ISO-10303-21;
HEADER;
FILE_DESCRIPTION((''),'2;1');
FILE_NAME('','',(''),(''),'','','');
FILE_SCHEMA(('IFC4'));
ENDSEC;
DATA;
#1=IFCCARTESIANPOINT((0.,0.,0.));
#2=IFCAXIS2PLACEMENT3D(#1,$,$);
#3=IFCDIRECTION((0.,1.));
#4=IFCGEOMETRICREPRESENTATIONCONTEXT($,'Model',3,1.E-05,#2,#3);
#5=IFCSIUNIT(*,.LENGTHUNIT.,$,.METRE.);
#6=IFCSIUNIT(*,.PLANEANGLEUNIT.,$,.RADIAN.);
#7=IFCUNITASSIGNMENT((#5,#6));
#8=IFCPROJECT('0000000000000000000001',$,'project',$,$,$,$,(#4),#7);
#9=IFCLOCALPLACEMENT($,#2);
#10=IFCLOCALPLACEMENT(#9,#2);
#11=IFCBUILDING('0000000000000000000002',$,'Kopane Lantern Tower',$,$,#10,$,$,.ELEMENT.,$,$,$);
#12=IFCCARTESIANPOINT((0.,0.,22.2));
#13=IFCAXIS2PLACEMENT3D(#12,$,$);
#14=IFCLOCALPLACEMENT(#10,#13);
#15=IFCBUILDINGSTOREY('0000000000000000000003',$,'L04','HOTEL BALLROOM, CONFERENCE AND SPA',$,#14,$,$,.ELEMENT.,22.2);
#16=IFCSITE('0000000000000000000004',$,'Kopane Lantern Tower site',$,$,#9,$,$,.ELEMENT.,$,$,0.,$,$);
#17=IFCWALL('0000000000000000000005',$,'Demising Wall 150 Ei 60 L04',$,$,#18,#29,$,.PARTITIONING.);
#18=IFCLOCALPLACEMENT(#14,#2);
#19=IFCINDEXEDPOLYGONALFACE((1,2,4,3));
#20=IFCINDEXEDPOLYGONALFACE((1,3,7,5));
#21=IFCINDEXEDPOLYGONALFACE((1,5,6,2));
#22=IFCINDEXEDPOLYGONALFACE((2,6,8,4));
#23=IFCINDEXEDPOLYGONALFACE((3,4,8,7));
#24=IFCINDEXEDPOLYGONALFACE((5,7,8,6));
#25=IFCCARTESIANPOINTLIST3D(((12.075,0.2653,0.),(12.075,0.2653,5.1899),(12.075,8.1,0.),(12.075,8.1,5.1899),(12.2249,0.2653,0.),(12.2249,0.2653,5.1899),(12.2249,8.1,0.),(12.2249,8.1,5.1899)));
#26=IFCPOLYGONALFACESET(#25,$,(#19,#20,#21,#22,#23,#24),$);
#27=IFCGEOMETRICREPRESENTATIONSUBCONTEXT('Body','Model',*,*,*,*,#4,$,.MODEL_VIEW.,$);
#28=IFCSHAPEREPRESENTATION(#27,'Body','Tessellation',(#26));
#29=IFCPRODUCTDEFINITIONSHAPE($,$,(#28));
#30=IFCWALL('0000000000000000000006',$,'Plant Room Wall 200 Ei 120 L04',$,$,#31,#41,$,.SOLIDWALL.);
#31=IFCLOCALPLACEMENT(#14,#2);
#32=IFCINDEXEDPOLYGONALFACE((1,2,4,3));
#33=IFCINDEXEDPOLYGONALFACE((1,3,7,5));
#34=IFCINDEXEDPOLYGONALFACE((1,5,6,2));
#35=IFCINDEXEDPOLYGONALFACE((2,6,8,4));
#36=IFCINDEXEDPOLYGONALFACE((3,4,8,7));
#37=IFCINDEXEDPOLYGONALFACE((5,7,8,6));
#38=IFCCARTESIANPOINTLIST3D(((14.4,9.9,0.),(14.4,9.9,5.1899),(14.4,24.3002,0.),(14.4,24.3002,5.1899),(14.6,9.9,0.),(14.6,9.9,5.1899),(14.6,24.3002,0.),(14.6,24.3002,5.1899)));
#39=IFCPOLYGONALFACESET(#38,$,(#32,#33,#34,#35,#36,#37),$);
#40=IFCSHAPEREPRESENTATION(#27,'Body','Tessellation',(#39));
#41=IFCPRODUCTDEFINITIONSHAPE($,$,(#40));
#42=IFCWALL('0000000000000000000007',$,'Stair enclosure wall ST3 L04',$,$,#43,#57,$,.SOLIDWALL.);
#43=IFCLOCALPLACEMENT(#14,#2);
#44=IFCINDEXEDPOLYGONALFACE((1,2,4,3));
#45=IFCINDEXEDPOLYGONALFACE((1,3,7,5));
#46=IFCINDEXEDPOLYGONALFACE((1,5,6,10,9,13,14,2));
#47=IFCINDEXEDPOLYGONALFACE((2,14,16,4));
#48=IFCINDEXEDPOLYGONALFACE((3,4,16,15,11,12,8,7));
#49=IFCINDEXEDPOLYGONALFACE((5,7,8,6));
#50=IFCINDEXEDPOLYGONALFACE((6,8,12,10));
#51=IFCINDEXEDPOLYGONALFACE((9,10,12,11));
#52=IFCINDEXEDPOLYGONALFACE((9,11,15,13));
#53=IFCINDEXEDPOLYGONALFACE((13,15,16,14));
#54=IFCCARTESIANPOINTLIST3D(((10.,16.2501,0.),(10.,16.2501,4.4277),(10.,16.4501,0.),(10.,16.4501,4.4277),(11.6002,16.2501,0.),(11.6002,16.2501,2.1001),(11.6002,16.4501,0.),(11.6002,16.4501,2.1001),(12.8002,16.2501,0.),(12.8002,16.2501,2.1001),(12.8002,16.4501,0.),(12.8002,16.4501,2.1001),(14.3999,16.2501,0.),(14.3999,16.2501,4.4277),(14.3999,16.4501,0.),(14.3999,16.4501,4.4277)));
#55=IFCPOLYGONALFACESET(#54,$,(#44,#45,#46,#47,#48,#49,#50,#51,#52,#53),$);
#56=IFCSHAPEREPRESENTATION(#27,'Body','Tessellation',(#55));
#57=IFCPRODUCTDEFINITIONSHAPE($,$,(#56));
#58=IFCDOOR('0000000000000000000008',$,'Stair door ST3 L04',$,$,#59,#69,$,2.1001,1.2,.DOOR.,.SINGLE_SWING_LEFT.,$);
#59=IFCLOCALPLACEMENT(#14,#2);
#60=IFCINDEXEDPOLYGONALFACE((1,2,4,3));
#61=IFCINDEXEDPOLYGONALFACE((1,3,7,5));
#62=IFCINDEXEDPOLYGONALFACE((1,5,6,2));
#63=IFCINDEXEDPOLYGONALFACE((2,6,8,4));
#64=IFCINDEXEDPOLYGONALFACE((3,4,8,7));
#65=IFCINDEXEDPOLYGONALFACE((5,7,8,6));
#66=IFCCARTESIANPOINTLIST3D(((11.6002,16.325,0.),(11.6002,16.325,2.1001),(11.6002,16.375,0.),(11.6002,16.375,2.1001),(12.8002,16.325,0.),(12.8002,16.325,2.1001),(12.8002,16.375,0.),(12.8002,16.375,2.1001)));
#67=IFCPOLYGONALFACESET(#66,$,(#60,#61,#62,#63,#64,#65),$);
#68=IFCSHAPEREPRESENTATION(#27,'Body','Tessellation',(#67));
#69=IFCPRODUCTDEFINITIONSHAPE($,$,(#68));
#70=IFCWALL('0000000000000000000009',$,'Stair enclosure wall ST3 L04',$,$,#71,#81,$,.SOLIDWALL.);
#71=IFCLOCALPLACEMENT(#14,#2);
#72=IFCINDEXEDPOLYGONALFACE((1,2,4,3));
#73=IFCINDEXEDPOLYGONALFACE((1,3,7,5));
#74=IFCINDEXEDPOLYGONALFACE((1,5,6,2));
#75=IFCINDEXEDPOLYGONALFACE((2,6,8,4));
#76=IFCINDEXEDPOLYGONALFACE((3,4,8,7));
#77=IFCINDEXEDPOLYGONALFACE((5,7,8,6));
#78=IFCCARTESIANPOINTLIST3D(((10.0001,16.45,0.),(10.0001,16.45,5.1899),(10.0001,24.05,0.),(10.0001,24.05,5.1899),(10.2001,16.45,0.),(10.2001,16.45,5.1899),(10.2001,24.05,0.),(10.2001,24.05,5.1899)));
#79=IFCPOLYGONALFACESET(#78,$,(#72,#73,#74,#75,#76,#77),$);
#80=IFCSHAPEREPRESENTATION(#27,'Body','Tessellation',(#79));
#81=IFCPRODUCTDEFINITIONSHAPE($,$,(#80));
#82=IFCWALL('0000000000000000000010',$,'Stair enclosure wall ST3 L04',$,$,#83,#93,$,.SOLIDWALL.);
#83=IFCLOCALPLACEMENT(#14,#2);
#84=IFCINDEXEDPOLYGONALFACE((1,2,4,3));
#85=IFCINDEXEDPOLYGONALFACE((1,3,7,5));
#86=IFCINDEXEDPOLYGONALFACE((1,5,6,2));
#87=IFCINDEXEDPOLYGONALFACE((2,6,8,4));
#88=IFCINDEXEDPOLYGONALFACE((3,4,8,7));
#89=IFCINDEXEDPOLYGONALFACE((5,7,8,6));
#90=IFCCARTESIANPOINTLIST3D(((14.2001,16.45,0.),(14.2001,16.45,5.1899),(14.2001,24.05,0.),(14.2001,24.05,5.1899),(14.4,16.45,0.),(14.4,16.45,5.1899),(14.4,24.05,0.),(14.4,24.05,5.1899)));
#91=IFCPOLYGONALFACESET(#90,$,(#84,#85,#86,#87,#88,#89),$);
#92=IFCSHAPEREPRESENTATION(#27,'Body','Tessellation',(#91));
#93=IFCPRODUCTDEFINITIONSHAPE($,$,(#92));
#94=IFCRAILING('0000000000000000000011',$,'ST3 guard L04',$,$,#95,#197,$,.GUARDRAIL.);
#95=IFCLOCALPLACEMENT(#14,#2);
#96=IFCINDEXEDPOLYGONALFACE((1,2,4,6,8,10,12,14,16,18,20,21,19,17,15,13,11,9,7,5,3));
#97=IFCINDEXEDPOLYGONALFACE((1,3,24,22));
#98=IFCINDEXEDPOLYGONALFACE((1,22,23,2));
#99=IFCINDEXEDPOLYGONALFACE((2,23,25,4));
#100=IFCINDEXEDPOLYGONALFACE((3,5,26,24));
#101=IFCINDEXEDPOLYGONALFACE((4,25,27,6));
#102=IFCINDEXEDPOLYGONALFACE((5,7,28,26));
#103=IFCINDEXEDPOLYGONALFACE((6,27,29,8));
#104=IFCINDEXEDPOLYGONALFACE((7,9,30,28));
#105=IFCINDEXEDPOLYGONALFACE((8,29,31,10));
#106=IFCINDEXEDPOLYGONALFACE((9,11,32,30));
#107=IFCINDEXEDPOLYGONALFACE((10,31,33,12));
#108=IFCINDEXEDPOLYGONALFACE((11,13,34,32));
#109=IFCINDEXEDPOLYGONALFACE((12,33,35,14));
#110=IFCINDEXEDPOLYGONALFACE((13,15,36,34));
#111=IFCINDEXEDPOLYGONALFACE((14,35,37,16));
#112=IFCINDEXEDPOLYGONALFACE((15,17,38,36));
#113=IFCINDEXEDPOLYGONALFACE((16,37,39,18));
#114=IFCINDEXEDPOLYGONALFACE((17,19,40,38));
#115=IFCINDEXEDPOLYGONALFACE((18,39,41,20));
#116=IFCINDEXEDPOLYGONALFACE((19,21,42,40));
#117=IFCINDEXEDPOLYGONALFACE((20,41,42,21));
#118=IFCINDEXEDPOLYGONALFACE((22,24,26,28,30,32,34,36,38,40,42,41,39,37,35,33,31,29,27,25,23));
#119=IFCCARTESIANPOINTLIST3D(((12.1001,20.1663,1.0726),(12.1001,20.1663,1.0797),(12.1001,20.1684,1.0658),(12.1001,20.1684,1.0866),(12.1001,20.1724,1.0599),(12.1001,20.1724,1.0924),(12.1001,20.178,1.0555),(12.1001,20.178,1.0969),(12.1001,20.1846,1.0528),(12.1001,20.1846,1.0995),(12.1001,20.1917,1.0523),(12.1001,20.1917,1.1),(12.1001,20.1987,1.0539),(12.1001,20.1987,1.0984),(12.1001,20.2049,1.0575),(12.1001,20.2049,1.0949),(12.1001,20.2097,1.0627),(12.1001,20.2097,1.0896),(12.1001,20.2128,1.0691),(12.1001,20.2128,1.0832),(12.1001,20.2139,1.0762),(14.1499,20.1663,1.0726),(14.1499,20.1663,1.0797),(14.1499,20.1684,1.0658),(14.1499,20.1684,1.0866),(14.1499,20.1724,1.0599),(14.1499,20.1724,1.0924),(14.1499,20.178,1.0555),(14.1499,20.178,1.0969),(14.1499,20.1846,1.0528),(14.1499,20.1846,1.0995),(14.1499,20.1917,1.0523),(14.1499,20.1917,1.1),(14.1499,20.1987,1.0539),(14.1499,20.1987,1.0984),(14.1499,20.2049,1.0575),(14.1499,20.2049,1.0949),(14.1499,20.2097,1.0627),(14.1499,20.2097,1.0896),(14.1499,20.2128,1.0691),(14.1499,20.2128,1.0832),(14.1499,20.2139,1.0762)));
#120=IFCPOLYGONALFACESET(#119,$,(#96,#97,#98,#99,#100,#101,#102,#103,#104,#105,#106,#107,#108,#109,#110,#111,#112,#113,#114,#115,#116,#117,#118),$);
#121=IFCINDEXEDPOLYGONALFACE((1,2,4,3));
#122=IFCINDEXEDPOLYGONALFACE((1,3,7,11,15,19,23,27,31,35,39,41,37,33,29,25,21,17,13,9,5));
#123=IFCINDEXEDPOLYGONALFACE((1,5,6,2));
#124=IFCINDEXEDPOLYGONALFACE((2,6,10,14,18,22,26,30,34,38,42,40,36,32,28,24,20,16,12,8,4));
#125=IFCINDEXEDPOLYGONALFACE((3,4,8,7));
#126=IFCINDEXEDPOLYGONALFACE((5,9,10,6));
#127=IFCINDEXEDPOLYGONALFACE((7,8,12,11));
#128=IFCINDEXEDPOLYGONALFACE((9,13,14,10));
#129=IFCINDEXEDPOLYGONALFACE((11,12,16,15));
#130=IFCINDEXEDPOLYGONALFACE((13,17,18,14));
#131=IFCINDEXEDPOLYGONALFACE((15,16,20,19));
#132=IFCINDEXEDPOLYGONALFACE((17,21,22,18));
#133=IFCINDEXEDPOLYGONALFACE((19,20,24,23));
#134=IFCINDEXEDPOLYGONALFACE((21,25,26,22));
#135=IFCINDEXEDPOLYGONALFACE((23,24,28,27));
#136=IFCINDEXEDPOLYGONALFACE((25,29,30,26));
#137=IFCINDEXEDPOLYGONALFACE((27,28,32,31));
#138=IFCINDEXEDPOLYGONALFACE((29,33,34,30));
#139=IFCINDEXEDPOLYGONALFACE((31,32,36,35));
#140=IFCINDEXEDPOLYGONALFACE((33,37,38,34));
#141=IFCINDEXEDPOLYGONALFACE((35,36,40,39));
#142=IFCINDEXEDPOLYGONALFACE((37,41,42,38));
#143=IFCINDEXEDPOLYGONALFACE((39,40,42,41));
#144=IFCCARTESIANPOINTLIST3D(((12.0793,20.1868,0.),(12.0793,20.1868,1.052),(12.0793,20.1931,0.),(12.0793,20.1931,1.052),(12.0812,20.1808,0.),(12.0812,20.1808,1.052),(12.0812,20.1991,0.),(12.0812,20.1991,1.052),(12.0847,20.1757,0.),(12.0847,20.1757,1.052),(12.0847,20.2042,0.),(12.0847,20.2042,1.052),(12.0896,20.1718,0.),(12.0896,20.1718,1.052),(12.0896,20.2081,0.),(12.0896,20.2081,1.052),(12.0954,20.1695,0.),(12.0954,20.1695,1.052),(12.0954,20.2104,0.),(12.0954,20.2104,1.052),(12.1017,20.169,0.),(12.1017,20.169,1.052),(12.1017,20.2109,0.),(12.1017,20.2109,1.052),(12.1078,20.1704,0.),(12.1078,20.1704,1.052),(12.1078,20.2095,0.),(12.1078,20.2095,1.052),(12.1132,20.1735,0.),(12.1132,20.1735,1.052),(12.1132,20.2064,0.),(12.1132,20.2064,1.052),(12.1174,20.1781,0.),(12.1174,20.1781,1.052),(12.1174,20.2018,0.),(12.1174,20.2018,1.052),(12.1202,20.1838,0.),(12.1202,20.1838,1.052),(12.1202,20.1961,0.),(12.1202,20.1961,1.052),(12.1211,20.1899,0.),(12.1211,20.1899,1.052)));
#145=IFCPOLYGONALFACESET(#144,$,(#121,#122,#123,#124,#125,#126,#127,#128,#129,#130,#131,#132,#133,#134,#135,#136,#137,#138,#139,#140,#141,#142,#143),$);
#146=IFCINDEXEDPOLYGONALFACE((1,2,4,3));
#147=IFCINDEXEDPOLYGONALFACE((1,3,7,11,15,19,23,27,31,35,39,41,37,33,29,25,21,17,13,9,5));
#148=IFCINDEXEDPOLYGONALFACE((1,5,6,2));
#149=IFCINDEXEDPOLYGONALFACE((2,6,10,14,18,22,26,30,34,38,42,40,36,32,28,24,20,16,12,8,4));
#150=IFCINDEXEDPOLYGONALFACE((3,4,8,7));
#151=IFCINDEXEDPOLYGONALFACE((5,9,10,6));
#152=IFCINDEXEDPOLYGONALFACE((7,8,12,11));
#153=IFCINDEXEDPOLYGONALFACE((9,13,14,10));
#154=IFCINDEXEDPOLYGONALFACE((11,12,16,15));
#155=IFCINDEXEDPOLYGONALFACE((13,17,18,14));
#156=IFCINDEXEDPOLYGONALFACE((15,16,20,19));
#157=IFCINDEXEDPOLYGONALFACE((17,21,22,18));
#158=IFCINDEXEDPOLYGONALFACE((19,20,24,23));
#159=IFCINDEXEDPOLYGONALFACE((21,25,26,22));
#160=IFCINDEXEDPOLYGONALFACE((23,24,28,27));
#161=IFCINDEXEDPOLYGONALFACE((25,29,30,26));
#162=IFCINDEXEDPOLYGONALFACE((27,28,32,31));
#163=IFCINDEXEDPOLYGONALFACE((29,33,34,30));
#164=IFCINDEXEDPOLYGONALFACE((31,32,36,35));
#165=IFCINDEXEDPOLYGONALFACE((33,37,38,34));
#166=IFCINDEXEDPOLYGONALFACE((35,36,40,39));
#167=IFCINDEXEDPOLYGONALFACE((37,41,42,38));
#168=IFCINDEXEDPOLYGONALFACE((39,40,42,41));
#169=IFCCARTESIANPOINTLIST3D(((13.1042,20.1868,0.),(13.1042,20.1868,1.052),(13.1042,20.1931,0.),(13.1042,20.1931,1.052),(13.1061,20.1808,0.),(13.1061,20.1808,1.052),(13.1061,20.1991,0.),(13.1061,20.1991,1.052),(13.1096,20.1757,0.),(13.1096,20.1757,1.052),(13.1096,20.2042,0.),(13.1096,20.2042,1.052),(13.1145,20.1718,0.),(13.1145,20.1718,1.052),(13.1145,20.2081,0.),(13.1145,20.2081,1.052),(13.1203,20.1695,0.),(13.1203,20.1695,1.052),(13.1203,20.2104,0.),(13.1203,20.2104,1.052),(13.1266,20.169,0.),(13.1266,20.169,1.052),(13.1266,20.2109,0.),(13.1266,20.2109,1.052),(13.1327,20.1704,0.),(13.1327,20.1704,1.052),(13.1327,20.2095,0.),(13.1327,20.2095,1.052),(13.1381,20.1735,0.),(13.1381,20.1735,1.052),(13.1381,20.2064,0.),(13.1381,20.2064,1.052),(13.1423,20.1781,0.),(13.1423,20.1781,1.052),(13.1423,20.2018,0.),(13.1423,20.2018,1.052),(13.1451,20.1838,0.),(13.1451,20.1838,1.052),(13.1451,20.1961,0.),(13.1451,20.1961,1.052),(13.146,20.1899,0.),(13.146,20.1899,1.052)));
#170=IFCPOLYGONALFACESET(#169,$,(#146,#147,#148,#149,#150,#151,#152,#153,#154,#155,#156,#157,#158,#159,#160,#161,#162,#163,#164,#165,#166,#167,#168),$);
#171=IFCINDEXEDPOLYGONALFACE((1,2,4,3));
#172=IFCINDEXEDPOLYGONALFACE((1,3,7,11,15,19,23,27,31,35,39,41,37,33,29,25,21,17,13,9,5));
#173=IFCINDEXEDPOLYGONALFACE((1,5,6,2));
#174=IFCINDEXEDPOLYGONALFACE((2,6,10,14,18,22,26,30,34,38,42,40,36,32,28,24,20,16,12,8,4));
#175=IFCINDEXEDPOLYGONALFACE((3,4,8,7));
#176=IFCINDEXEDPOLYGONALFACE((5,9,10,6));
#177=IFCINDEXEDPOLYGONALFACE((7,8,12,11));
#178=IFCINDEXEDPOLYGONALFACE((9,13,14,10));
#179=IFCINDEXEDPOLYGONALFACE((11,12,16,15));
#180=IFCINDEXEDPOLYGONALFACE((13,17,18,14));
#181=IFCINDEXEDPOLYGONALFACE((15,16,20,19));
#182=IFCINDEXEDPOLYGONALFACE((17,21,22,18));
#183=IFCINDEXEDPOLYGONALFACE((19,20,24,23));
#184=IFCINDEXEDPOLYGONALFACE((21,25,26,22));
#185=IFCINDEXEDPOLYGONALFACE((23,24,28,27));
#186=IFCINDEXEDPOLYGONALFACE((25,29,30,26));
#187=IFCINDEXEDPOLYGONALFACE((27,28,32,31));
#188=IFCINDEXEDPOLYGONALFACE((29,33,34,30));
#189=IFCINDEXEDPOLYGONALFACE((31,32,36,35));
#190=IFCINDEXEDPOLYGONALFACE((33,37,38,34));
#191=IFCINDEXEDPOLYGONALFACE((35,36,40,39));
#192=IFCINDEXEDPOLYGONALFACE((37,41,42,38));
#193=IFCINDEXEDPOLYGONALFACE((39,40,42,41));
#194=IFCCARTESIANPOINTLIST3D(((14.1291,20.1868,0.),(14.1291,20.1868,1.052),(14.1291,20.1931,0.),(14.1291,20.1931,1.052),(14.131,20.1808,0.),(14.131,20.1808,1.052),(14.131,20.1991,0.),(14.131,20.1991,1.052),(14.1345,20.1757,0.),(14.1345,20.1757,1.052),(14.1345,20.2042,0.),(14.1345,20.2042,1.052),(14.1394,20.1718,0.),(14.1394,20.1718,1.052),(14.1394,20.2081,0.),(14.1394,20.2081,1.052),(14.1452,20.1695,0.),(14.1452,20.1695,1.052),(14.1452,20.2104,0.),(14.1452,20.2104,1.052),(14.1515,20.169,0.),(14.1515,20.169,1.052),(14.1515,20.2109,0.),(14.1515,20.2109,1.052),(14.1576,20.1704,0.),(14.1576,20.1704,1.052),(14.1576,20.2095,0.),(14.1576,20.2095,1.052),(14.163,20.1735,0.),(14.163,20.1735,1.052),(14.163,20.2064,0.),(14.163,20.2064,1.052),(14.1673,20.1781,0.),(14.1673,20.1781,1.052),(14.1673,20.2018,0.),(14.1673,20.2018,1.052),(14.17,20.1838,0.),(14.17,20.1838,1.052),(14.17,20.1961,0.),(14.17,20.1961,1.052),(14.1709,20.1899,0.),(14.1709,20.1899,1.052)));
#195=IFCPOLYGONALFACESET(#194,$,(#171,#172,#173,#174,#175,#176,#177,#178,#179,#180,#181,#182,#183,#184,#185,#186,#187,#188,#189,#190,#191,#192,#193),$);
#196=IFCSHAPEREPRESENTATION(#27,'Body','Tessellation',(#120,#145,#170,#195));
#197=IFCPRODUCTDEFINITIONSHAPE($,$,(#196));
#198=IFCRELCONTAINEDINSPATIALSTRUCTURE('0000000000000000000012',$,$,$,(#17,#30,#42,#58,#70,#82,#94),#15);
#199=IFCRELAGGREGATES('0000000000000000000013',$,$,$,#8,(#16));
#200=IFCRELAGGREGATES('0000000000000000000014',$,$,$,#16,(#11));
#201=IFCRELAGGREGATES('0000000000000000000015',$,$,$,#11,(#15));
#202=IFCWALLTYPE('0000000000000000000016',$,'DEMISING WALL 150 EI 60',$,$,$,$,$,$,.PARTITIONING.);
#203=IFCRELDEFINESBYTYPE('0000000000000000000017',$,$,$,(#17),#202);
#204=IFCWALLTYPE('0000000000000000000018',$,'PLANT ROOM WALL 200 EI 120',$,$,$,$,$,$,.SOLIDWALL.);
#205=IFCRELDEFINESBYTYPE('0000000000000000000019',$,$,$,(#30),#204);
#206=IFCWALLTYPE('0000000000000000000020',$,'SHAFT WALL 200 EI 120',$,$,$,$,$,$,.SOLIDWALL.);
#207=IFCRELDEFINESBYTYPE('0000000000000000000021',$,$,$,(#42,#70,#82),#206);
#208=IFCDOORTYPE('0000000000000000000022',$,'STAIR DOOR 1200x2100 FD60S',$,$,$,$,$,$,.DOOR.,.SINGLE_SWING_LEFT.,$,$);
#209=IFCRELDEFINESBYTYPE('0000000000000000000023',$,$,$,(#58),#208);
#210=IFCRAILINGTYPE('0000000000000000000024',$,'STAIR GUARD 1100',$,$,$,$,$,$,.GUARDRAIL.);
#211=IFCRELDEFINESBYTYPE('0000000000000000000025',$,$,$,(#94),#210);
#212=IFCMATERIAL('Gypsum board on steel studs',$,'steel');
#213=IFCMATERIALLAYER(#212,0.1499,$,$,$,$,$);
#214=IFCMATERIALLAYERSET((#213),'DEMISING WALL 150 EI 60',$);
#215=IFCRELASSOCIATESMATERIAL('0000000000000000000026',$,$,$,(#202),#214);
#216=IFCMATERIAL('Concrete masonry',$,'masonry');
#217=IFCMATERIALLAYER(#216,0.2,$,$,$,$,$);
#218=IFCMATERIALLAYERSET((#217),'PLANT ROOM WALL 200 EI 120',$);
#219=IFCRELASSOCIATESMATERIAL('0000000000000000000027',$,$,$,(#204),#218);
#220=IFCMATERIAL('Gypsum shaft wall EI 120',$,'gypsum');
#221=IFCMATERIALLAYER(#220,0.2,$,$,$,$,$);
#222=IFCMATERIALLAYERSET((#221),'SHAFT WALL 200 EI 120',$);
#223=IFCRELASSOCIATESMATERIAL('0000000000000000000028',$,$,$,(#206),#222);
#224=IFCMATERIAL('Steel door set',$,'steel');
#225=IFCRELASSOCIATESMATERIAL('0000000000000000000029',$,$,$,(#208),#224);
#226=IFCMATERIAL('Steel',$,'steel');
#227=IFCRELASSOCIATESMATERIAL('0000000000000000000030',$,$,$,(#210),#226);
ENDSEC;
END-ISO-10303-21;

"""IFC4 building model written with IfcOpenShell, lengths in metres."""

from ifc_helpers import new_model, si_unit, direction, frame, frame_2d, origin, origin_2d, place, context, subcontext, project, spatial, rectangle, circle, extrude, material, layer, layer_set, type_object, element, fill, save


model = new_model("IFC4")

# Units and contexts
model_context = context("Model", 3, precision=1e-05, world=origin(), true_north=direction((0.0, 1.0)))
body_context = subcontext(model_context, "Body", "Model", "MODEL_VIEW")
ifc_project = project(units=[si_unit("LENGTHUNIT", "METRE"), si_unit("PLANEANGLEUNIT", "RADIAN")], contexts=[model_context])

# Site, building, storey
site_placement = place(None, origin())
site = spatial("IfcSite", under=ifc_project, at=site_placement, Name="Kopane Lantern Tower site", CompositionType="ELEMENT", RefElevation=0.0)
building_placement = place(site_placement, origin())
building = spatial("IfcBuilding", under=site, at=building_placement, Name="Kopane Lantern Tower", CompositionType="ELEMENT")
storey_placement = place(building_placement, frame((0.0, 0.0, 22.2)))
storey = spatial("IfcBuildingStorey", under=building, at=storey_placement, Name="L04", Description="HOTEL BALLROOM, CONFERENCE AND SPA", CompositionType="ELEMENT", Elevation=22.2)

# Walls
ifc_material_1 = material(Name="Gypsum board on steel studs", Category="steel")
ifc_layer_1 = layer(ifc_material_1, 0.1499)
ifc_layer_set_1 = layer_set([ifc_layer_1], Name="DEMISING WALL 150 EI 60")
wall_type_1 = type_object("IfcWallType", Name="DEMISING WALL 150 EI 60", PredefinedType="PARTITIONING", material=ifc_layer_set_1)
wall_1_placement = place(storey_placement, frame((12.1499, 8.1001, 0.0), z_axis=(0.0, 0.0, 1.0), x_axis=(0.0, -1.0, 0.0)))
element("IfcWall", 1, at=wall_1_placement, inside=storey, type_object=wall_type_1, Name="Demising Wall 150 Ei 60 L04", PredefinedType="PARTITIONING", context=body_context, shape_type="SweptSolid", body=[
    extrude(rectangle(XDim=7.8347, YDim=0.1499, at=frame_2d((3.9175, 0.0))), origin(), (0.0, 0.0, 1.0), 5.1899),
])
ifc_material_2 = material(Name="Concrete masonry", Category="masonry")
ifc_layer_2 = layer(ifc_material_2, 0.2)
ifc_layer_set_2 = layer_set([ifc_layer_2], Name="PLANT ROOM WALL 200 EI 120")
wall_type_2 = type_object("IfcWallType", Name="PLANT ROOM WALL 200 EI 120", PredefinedType="SOLIDWALL", material=ifc_layer_set_2)
wall_2_placement = place(storey_placement, frame((14.5, 9.8999, 0.0), z_axis=(0.0, 0.0, 1.0), x_axis=(0.0, 1.0, 0.0)))
element("IfcWall", 2, at=wall_2_placement, inside=storey, type_object=wall_type_2, Name="Plant Room Wall 200 Ei 120 L04", PredefinedType="SOLIDWALL", context=body_context, shape_type="SweptSolid", body=[
    extrude(rectangle(XDim=14.4001, YDim=0.2, at=frame_2d((7.2002, 0.0))), origin(), (0.0, 0.0, 1.0), 5.1899),
])

# Wall, opening, door
ifc_material_3 = material(Name="Gypsum shaft wall EI 120", Category="gypsum")
ifc_layer_3 = layer(ifc_material_3, 0.2)
ifc_layer_set_3 = layer_set([ifc_layer_3], Name="SHAFT WALL 200 EI 120")
wall_type_3 = type_object("IfcWallType", Name="SHAFT WALL 200 EI 120", PredefinedType="SOLIDWALL", material=ifc_layer_set_3)
wall_3_placement = place(storey_placement, frame((10.0, 16.3501, 0.0), z_axis=(0.0, 0.0, 1.0), x_axis=(1.0, 0.0, 0.0)))
wall_3 = element("IfcWall", 3, at=wall_3_placement, inside=storey, type_object=wall_type_3, Name="Stair enclosure wall ST3 L04", PredefinedType="SOLIDWALL", context=body_context, shape_type="SweptSolid", body=[
    extrude(rectangle(XDim=4.3999, YDim=0.2, at=frame_2d((2.2, 0.0))), origin(), (0.0, 0.0, 1.0), 4.4277),
])
opening_1_placement = place(wall_3_placement, frame((1.6001, 0.0, 0.0)))
opening_1 = element("IfcOpeningElement", 4, at=opening_1_placement, cuts=wall_3, PredefinedType="OPENING", context=body_context, shape_type="SweptSolid", body=[
    extrude(rectangle(XDim=1.2, YDim=2.1001, at=frame_2d((0.6001, 1.05))), frame((0.0, 0.1099, 0.0), z_axis=(0.0, -1.0, 0.0), x_axis=(1.0, 0.0, 0.0)), (0.0, 0.0, 1.0), 0.22),
])
ifc_material_4 = material(Name="Steel door set", Category="steel")
door_type_1 = type_object("IfcDoorType", Name="STAIR DOOR 1200x2100 FD60S", OperationType="SINGLE_SWING_LEFT", PredefinedType="DOOR", material=ifc_material_4)
door_1_placement = place(opening_1_placement, origin())
door_1 = element("IfcDoor", 5, at=door_1_placement, inside=storey, type_object=door_type_1, Name="Stair door ST3 L04", OperationType="SINGLE_SWING_LEFT", OverallHeight=2.1001, OverallWidth=1.2, PredefinedType="DOOR", context=body_context, shape_type="SweptSolid", body=[
    extrude(rectangle(XDim=1.2, YDim=2.1001, at=frame_2d((0.6001, 1.05))), frame((0.0, 0.0249, 0.0), z_axis=(0.0, -1.0, 0.0), x_axis=(1.0, 0.0, 0.0)), (0.0, 0.0, 1.0), 0.05),
])
fill(opening_1, door_1)

# Walls
for number, where, z_axis, x_axis, name in (
    (6, (10.1001, 16.45, 0.0), (0.0, 0.0, 1.0), (0.0, 1.0, 0.0), "Stair enclosure wall ST3 L04"),
    (7, (14.3, 16.45, 0.0), (0.0, 0.0, 1.0), (0.0, 1.0, 0.0), "Stair enclosure wall ST3 L04"),
):
    element("IfcWall", number, at=place(storey_placement, frame(where, z_axis=z_axis, x_axis=x_axis)), inside=storey, type_object=wall_type_3, Name=name, PredefinedType="SOLIDWALL", context=body_context, shape_type="SweptSolid", body=[
        extrude(rectangle(XDim=7.6001, YDim=0.2, at=frame_2d((3.8, 0.0))), origin(), (0.0, 0.0, 1.0), 5.1899),
    ])

# Railing
ifc_material_5 = material(Name="Steel", Category="steel")
railing_type = type_object("IfcRailingType", Name="STAIR GUARD 1100", PredefinedType="GUARDRAIL", material=ifc_material_5)
railing_placement = place(storey_placement, frame((12.1001, 20.1899, 0.0)))
element("IfcRailing", 8, at=railing_placement, inside=storey, type_object=railing_type, Name="ST3 guard L04", PredefinedType="GUARDRAIL", context=body_context, shape_type="SweptSolid", body=[
    extrude(circle(Radius=0.0239, at=origin_2d()), frame((0.0, 0.0, 1.0762), z_axis=(1.0, 0.0, 0.0), x_axis=(0.0, 1.0, 0.0)), (0.0, 0.0, 1.0), 2.0498),
    extrude(circle(Radius=0.021, at=origin_2d()), origin(), (0.0, 0.0, 1.0), 1.052),
    extrude(circle(Radius=0.021, at=origin_2d()), frame((1.0249, 0.0, 0.0)), (0.0, 0.0, 1.0), 1.052),
    extrude(circle(Radius=0.021, at=origin_2d()), frame((2.0498, 0.0, 0.0)), (0.0, 0.0, 1.0), 1.052),
])

save(model, "model.ifc")
